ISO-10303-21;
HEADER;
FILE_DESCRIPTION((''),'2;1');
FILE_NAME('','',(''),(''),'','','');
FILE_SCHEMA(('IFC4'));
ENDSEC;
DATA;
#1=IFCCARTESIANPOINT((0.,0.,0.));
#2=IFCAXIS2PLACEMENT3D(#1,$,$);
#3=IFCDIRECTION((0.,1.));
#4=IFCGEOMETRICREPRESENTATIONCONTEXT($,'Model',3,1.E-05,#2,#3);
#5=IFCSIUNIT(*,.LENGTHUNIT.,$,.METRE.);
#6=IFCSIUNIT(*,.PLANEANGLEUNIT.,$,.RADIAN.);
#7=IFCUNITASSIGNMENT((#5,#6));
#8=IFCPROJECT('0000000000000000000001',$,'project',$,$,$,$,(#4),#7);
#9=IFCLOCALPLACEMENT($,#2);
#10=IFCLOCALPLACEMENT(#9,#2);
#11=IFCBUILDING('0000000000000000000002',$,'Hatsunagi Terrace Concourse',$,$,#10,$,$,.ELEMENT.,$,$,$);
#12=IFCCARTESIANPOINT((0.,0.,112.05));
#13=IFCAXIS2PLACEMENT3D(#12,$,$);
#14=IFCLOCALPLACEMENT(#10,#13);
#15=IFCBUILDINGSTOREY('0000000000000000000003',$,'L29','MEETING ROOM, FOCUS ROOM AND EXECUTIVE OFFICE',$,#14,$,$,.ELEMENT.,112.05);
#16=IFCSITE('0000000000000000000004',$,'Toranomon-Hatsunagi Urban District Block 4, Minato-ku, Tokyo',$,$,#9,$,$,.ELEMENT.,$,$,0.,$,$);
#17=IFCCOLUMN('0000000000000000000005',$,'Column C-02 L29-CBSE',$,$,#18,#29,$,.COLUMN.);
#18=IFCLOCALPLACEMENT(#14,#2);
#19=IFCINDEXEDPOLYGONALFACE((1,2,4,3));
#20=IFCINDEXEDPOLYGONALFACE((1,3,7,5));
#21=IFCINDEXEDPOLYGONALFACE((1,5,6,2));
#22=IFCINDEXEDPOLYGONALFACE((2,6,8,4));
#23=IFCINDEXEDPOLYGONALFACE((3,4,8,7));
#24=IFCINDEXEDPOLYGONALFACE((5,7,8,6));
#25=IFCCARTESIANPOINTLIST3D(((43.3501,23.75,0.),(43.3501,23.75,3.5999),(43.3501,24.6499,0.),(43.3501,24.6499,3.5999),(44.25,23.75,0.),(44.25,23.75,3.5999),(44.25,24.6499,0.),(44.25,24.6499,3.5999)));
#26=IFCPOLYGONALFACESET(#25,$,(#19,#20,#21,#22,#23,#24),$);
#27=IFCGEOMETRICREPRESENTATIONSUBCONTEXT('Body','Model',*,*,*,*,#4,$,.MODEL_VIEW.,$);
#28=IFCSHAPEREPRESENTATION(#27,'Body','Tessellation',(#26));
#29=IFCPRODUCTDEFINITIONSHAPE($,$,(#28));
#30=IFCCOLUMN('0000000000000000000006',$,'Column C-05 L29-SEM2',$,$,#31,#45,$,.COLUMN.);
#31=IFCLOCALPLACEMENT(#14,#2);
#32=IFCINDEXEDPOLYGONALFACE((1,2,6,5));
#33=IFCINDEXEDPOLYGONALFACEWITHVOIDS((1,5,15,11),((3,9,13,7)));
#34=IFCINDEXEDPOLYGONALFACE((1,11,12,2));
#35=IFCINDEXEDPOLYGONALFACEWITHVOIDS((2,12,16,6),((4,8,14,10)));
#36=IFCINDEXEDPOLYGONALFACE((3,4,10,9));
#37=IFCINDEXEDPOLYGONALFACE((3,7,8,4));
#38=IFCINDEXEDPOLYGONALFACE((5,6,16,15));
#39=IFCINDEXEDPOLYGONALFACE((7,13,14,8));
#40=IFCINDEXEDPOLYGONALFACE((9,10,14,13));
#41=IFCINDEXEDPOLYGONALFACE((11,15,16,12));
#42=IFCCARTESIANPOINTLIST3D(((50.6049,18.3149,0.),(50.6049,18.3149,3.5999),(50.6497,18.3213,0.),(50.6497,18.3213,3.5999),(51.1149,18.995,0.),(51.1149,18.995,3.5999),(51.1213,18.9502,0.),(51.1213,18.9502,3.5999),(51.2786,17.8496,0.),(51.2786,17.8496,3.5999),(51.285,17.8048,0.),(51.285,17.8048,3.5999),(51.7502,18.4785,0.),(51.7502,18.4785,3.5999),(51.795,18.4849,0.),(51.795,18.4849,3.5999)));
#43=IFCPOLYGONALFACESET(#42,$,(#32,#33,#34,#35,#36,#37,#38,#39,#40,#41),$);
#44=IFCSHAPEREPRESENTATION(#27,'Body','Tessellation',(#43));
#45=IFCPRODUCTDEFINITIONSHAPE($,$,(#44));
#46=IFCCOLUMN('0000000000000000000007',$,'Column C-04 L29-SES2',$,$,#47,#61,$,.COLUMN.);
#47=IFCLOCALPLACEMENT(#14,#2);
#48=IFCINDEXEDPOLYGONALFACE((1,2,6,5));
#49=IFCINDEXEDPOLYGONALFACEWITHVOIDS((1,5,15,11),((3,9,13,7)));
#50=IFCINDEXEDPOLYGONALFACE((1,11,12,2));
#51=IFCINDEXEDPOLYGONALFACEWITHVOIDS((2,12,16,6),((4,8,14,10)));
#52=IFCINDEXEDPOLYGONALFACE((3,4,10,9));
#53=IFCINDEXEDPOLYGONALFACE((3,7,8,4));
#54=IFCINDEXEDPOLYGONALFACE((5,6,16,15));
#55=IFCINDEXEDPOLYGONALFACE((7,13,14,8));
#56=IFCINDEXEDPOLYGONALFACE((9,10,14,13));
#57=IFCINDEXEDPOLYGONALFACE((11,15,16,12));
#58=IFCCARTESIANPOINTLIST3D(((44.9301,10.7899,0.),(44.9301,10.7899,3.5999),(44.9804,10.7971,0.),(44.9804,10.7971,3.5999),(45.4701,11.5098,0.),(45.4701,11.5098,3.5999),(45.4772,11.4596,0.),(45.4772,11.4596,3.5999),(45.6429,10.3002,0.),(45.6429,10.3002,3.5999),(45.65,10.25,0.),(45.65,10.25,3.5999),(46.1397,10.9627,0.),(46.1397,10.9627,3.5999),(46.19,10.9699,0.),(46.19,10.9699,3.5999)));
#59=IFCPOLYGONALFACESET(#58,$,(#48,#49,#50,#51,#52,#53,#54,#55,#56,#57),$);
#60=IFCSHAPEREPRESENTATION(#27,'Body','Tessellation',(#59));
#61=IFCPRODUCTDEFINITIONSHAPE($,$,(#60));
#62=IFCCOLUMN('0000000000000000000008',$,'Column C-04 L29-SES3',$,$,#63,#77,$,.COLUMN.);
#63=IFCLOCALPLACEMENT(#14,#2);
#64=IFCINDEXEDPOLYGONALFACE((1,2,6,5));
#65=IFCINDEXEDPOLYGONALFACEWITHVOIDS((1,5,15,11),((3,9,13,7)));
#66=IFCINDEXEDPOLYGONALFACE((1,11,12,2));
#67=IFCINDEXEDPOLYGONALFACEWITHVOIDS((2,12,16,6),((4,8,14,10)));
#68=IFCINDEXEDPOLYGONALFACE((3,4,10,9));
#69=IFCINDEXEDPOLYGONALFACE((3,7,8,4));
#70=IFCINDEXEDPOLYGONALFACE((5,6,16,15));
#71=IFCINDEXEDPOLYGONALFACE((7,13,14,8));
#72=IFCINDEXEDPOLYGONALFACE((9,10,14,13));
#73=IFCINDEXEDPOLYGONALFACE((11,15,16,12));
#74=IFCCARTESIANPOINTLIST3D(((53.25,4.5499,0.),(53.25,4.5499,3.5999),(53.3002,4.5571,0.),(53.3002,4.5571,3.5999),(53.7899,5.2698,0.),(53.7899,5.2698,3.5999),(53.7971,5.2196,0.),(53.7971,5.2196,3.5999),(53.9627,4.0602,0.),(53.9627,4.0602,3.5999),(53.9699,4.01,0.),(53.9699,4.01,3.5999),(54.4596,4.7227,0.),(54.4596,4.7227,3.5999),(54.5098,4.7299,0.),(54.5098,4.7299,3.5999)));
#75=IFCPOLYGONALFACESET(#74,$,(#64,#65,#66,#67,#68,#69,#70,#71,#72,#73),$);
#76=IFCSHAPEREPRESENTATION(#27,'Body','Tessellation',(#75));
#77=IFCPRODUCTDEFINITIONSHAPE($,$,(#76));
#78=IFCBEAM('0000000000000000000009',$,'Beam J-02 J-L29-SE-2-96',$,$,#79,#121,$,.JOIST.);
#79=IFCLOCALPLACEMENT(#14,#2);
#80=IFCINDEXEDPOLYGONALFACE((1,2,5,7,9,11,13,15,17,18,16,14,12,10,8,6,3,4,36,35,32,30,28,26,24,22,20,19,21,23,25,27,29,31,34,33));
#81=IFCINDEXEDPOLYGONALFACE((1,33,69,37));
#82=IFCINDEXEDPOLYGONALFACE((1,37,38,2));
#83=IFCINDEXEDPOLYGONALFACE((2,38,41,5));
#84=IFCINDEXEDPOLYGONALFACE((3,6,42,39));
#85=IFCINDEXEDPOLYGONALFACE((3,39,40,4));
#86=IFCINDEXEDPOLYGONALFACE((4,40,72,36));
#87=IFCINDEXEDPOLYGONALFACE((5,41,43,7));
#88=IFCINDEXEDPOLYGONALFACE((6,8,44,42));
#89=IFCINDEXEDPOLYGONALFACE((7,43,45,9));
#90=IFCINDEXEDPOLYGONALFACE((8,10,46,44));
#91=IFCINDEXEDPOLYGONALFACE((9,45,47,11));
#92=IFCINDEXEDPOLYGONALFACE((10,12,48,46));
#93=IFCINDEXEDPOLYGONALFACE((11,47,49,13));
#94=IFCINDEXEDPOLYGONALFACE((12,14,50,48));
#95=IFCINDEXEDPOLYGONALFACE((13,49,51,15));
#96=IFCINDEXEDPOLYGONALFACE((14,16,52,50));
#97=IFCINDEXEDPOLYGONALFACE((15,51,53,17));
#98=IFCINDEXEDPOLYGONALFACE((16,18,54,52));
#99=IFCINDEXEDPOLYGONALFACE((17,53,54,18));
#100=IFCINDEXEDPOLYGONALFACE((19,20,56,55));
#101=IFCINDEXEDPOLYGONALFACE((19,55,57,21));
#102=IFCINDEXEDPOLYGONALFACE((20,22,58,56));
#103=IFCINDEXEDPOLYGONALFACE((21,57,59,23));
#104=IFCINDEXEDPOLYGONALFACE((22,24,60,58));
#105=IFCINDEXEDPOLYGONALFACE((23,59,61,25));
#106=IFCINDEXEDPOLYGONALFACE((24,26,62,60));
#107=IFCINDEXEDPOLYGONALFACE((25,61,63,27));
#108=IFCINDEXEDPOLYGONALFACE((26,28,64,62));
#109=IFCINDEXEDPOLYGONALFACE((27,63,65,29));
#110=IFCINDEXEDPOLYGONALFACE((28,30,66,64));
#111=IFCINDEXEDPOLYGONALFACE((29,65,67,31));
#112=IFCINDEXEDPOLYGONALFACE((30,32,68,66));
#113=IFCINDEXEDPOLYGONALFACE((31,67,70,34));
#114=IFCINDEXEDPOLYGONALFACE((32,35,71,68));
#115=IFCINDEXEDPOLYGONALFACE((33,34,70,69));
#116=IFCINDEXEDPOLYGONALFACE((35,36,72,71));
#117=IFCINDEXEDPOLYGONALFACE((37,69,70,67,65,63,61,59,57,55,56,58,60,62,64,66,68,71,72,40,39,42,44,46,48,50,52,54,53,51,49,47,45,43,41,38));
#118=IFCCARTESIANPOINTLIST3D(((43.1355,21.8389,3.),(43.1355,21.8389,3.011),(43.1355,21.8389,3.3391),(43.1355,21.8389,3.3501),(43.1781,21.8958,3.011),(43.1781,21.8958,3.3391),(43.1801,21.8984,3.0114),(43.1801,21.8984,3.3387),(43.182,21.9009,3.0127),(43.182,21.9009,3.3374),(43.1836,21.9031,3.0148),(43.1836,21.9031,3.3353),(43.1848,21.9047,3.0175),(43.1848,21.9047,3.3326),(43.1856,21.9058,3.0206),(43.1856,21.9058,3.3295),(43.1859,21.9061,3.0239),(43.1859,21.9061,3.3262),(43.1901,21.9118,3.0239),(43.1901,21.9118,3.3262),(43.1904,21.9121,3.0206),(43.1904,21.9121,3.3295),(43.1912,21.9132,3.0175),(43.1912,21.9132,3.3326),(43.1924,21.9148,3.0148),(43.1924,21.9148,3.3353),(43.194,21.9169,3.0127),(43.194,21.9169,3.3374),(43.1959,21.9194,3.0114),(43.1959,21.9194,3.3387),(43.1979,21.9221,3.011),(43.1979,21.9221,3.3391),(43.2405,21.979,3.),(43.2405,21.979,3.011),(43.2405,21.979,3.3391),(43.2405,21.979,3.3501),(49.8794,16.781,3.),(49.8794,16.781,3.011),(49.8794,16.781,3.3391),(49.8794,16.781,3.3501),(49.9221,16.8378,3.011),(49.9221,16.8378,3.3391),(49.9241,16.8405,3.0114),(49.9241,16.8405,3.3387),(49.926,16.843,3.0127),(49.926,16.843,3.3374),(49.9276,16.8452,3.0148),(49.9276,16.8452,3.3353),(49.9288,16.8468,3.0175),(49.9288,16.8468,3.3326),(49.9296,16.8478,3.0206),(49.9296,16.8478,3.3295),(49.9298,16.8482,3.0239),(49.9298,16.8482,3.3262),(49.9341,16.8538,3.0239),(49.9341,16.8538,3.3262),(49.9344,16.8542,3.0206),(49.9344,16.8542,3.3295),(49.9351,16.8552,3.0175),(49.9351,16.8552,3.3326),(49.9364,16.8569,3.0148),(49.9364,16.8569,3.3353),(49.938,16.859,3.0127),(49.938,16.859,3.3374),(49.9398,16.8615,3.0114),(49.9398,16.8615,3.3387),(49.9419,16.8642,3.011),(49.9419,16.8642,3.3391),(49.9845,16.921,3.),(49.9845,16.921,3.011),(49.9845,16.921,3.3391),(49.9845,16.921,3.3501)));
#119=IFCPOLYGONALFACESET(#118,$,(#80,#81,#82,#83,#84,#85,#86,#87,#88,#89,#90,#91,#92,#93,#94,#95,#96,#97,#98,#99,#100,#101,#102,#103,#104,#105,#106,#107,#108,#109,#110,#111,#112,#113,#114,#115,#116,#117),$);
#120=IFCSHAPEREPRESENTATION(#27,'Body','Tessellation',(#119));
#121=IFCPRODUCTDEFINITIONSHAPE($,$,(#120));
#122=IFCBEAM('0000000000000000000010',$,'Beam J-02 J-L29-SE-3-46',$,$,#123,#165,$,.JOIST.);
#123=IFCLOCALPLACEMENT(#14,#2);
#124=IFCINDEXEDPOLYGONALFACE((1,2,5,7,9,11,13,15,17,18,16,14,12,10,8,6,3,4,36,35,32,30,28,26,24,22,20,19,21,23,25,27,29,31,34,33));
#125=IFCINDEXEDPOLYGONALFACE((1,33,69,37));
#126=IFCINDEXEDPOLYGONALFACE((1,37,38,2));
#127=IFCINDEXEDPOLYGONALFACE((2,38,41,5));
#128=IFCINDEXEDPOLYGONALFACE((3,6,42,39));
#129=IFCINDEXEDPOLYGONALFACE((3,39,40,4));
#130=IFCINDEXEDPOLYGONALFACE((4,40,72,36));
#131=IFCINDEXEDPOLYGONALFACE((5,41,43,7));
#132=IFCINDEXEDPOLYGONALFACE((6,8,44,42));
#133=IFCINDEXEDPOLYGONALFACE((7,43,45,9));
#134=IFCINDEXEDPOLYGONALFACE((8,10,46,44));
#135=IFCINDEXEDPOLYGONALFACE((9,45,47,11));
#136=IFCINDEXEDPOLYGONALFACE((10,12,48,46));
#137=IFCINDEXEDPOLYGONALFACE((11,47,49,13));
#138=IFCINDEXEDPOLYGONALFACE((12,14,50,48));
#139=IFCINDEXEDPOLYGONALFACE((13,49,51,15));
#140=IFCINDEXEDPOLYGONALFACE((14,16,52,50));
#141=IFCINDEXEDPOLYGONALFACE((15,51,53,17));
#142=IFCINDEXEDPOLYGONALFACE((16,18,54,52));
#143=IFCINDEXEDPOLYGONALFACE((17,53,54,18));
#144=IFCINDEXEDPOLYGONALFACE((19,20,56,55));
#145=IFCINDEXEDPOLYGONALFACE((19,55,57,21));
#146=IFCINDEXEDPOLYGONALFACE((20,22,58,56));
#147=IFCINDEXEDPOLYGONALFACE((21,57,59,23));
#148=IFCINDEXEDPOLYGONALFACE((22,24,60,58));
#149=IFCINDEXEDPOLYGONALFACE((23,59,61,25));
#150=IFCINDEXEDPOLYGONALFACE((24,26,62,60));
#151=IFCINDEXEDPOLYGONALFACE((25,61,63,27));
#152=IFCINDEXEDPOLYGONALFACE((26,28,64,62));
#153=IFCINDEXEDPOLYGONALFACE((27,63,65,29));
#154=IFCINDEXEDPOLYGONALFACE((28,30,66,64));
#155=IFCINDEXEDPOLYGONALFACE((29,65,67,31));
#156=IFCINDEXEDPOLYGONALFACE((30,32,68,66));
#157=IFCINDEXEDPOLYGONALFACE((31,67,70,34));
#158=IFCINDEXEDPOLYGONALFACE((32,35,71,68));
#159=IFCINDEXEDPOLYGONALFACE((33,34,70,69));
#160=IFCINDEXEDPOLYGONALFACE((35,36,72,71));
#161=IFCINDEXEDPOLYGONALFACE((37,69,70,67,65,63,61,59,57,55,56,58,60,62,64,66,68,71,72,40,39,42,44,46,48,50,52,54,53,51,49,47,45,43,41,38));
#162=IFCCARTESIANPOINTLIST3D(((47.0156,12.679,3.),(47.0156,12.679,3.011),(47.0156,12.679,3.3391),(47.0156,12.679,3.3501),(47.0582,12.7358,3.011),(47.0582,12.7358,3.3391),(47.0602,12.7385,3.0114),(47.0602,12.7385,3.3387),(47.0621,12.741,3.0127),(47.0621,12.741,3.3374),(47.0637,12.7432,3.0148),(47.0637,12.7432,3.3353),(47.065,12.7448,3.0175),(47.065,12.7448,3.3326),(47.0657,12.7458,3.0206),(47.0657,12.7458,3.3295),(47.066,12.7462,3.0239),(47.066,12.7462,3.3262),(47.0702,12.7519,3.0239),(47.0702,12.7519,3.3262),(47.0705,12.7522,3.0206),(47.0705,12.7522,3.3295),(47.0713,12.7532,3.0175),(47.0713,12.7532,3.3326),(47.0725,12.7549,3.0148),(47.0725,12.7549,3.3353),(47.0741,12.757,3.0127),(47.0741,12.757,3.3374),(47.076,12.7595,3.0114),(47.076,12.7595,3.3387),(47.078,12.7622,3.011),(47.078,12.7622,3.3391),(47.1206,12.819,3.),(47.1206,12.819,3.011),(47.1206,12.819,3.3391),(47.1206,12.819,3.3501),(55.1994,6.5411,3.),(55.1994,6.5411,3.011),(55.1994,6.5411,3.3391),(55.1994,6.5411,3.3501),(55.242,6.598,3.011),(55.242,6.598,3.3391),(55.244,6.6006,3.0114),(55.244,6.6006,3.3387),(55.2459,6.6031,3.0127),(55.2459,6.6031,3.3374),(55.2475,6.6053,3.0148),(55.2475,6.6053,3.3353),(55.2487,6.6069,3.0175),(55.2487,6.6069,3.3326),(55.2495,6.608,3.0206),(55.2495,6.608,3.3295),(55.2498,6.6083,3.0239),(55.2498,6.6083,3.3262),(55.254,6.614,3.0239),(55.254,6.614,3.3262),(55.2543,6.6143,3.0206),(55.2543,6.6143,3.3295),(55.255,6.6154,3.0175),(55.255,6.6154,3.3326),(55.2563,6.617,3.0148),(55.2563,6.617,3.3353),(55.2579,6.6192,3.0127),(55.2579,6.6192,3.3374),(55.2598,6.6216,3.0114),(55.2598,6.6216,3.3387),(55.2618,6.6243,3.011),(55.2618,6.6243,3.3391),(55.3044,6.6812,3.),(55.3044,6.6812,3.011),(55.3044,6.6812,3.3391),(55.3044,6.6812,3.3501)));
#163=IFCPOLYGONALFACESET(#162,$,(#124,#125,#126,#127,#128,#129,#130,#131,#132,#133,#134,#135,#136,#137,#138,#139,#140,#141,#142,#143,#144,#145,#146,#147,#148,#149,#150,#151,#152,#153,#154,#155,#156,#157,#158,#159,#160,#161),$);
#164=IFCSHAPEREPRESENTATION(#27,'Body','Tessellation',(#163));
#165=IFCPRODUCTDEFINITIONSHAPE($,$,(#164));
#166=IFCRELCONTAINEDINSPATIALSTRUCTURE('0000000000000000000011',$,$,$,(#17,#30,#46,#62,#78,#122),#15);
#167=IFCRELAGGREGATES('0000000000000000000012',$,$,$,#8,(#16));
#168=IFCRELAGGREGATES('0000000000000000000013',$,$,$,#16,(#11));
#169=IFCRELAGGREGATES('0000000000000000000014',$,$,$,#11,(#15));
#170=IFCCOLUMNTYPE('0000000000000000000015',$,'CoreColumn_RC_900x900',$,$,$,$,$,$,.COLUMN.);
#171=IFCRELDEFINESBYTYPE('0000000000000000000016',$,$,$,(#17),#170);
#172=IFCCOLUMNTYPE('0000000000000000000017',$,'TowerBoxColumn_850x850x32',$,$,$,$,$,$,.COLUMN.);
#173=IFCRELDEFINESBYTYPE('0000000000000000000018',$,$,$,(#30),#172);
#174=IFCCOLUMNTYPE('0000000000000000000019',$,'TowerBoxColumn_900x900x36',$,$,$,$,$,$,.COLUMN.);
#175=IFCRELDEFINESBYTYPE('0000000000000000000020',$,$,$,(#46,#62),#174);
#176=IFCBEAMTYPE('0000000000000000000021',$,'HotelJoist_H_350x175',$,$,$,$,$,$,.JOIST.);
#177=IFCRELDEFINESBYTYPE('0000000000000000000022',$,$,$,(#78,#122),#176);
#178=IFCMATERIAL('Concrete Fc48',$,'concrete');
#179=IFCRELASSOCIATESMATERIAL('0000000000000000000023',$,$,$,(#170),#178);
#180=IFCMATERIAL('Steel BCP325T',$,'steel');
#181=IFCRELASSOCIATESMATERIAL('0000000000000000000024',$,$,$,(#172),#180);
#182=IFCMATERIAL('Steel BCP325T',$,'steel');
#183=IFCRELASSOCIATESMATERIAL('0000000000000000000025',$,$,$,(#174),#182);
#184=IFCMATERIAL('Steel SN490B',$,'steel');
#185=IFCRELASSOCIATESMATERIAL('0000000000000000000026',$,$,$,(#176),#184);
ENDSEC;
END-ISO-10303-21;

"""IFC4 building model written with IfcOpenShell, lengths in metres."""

from ifc_helpers import new_model, si_unit, direction, frame, origin, origin_2d, place, context, subcontext, project, spatial, rectangle, hollow_rectangle, i_section, extrude, material, material_profile, profile_set, type_object, element, save


model = new_model("IFC4")

# Units and contexts
model_context = context("Model", 3, precision=1e-05, world=origin(), true_north=direction((0.0, 1.0)))
body_context = subcontext(model_context, "Body", "Model", "MODEL_VIEW")
ifc_project = project(units=[si_unit("LENGTHUNIT", "METRE"), si_unit("PLANEANGLEUNIT", "RADIAN")], contexts=[model_context])

# Site, building, storey
site_placement = place(None, origin())
site = spatial("IfcSite", under=ifc_project, at=site_placement, Name="Toranomon-Hatsunagi Urban District Block 4, Minato-ku, Tokyo", CompositionType="ELEMENT", RefElevation=0.0)
building_placement = place(site_placement, origin())
building = spatial("IfcBuilding", under=site, at=building_placement, Name="Hatsunagi Terrace Concourse", CompositionType="ELEMENT")
storey_placement = place(building_placement, frame((0.0, 0.0, 112.05)))
storey = spatial("IfcBuildingStorey", under=building, at=storey_placement, Name="L29", Description="MEETING ROOM, FOCUS ROOM AND EXECUTIVE OFFICE", CompositionType="ELEMENT", Elevation=112.05)

# Columns
ifc_material_1 = material(Name="Concrete Fc48", Category="concrete")
ifc_material_profile_1 = material_profile(ifc_material_1, rectangle(XDim=0.8999, YDim=0.8999, at=origin_2d()), Name="RC-900x900")
ifc_profile_set_1 = profile_set([ifc_material_profile_1], Name="Concrete Fc48")
column_type_1 = type_object("IfcColumnType", Name="CoreColumn_RC_900x900", PredefinedType="COLUMN", material=ifc_profile_set_1)
column_1_placement = place(storey_placement, frame((43.8, 24.2, 0.0), z_axis=(0.0, 0.0, 1.0), x_axis=(1.0, 0.0, 0.0)))
element("IfcColumn", 1, at=column_1_placement, inside=storey, type_object=column_type_1, Name="Column C-02 L29-CBSE", PredefinedType="COLUMN", context=body_context, shape_type="SweptSolid", body=[
    extrude(rectangle(XDim=0.8999, YDim=0.8999, at=origin_2d()), origin(), (0.0, 0.0, 1.0), 3.5999),
])
ifc_material_2 = material(Name="Steel BCP325T", Category="steel")
ifc_material_profile_2 = material_profile(ifc_material_2, hollow_rectangle(XDim=0.8501, YDim=0.8501, WallThickness=0.032, at=origin_2d()), Name="BCP-850x850x32")
ifc_profile_set_2 = profile_set([ifc_material_profile_2], Name="Steel BCP325T")
column_type_2 = type_object("IfcColumnType", Name="TowerBoxColumn_850x850x32", PredefinedType="COLUMN", material=ifc_profile_set_2)
column_2_placement = place(storey_placement, frame((51.2, 18.3999, 0.0), z_axis=(0.0, 0.0, 1.0), x_axis=(0.8, -0.6, 0.0)))
element("IfcColumn", 2, at=column_2_placement, inside=storey, type_object=column_type_2, Name="Column C-05 L29-SEM2", PredefinedType="COLUMN", context=body_context, shape_type="SweptSolid", body=[
    extrude(hollow_rectangle(XDim=0.8501, YDim=0.8501, WallThickness=0.032, at=origin_2d()), origin(), (0.0, 0.0, 1.0), 3.5999),
])
ifc_material_3 = material(Name="Steel BCP325T", Category="steel")
ifc_material_profile_3 = material_profile(ifc_material_3, hollow_rectangle(XDim=0.8999, YDim=0.8999, WallThickness=0.0359, at=origin_2d()), Name="BCP-900x900x36")
ifc_profile_set_3 = profile_set([ifc_material_profile_3], Name="Steel BCP325T")
column_type_3 = type_object("IfcColumnType", Name="TowerBoxColumn_900x900x36", PredefinedType="COLUMN", material=ifc_profile_set_3)
for number, where, z_axis, x_axis, name in (
    (3, (45.5601, 10.8799, 0.0), (0.0, 0.0, 1.0), (0.8, -0.6, 0.0), "Column C-04 L29-SES2"),
    (4, (53.8799, 4.6399, 0.0), (0.0, 0.0, 1.0), (0.8, -0.6, 0.0), "Column C-04 L29-SES3"),
):
    element("IfcColumn", number, at=place(storey_placement, frame(where, z_axis=z_axis, x_axis=x_axis)), inside=storey, type_object=column_type_3, Name=name, PredefinedType="COLUMN", context=body_context, shape_type="SweptSolid", body=[
        extrude(hollow_rectangle(XDim=0.8999, YDim=0.8999, WallThickness=0.0359, at=origin_2d()), origin(), (0.0, 0.0, 1.0), 3.5999),
    ])

# Beams
ifc_material_4 = material(Name="Steel SN490B", Category="steel")
ifc_material_profile_4 = material_profile(ifc_material_4, i_section(OverallWidth=0.175, OverallDepth=0.3501, WebThickness=0.0071, FlangeThickness=0.011, FilletRadius=0.0129, at=origin_2d()), Name="H-350x175x7x11")
ifc_profile_set_4 = profile_set([ifc_material_profile_4], Name="Steel SN490B")
beam_type_1 = type_object("IfcBeamType", Name="HotelJoist_H_350x175", PredefinedType="JOIST", material=ifc_profile_set_4)
beam_1_placement = place(storey_placement, frame((43.188, 21.9089, 3.175), z_axis=(0.800003, -0.599995, 0.0), x_axis=(0.599995, 0.800003, 0.0)))
element("IfcBeam", 5, at=beam_1_placement, inside=storey, type_object=beam_type_1, Name="Beam J-02 J-L29-SE-2-96", PredefinedType="JOIST", context=body_context, shape_type="SweptSolid", body=[
    extrude(i_section(OverallWidth=0.175, OverallDepth=0.3501, WebThickness=0.0071, FlangeThickness=0.011, FilletRadius=0.0129, at=origin_2d()), origin(), (0.0, 0.0, 1.0), 8.4299),
])
beam_2_placement = place(storey_placement, frame((47.0681, 12.749, 3.175), z_axis=(0.799997, -0.600004, 0.0), x_axis=(0.600004, 0.799997, 0.0)))
element("IfcBeam", 6, at=beam_2_placement, inside=storey, type_object=beam_type_1, Name="Beam J-02 J-L29-SE-3-46", PredefinedType="JOIST", context=body_context, shape_type="SweptSolid", body=[
    extrude(i_section(OverallWidth=0.175, OverallDepth=0.3501, WebThickness=0.0071, FlangeThickness=0.011, FilletRadius=0.0129, at=origin_2d()), origin(), (0.0, 0.0, 1.0), 10.2297),
])

save(model, "model.ifc")
